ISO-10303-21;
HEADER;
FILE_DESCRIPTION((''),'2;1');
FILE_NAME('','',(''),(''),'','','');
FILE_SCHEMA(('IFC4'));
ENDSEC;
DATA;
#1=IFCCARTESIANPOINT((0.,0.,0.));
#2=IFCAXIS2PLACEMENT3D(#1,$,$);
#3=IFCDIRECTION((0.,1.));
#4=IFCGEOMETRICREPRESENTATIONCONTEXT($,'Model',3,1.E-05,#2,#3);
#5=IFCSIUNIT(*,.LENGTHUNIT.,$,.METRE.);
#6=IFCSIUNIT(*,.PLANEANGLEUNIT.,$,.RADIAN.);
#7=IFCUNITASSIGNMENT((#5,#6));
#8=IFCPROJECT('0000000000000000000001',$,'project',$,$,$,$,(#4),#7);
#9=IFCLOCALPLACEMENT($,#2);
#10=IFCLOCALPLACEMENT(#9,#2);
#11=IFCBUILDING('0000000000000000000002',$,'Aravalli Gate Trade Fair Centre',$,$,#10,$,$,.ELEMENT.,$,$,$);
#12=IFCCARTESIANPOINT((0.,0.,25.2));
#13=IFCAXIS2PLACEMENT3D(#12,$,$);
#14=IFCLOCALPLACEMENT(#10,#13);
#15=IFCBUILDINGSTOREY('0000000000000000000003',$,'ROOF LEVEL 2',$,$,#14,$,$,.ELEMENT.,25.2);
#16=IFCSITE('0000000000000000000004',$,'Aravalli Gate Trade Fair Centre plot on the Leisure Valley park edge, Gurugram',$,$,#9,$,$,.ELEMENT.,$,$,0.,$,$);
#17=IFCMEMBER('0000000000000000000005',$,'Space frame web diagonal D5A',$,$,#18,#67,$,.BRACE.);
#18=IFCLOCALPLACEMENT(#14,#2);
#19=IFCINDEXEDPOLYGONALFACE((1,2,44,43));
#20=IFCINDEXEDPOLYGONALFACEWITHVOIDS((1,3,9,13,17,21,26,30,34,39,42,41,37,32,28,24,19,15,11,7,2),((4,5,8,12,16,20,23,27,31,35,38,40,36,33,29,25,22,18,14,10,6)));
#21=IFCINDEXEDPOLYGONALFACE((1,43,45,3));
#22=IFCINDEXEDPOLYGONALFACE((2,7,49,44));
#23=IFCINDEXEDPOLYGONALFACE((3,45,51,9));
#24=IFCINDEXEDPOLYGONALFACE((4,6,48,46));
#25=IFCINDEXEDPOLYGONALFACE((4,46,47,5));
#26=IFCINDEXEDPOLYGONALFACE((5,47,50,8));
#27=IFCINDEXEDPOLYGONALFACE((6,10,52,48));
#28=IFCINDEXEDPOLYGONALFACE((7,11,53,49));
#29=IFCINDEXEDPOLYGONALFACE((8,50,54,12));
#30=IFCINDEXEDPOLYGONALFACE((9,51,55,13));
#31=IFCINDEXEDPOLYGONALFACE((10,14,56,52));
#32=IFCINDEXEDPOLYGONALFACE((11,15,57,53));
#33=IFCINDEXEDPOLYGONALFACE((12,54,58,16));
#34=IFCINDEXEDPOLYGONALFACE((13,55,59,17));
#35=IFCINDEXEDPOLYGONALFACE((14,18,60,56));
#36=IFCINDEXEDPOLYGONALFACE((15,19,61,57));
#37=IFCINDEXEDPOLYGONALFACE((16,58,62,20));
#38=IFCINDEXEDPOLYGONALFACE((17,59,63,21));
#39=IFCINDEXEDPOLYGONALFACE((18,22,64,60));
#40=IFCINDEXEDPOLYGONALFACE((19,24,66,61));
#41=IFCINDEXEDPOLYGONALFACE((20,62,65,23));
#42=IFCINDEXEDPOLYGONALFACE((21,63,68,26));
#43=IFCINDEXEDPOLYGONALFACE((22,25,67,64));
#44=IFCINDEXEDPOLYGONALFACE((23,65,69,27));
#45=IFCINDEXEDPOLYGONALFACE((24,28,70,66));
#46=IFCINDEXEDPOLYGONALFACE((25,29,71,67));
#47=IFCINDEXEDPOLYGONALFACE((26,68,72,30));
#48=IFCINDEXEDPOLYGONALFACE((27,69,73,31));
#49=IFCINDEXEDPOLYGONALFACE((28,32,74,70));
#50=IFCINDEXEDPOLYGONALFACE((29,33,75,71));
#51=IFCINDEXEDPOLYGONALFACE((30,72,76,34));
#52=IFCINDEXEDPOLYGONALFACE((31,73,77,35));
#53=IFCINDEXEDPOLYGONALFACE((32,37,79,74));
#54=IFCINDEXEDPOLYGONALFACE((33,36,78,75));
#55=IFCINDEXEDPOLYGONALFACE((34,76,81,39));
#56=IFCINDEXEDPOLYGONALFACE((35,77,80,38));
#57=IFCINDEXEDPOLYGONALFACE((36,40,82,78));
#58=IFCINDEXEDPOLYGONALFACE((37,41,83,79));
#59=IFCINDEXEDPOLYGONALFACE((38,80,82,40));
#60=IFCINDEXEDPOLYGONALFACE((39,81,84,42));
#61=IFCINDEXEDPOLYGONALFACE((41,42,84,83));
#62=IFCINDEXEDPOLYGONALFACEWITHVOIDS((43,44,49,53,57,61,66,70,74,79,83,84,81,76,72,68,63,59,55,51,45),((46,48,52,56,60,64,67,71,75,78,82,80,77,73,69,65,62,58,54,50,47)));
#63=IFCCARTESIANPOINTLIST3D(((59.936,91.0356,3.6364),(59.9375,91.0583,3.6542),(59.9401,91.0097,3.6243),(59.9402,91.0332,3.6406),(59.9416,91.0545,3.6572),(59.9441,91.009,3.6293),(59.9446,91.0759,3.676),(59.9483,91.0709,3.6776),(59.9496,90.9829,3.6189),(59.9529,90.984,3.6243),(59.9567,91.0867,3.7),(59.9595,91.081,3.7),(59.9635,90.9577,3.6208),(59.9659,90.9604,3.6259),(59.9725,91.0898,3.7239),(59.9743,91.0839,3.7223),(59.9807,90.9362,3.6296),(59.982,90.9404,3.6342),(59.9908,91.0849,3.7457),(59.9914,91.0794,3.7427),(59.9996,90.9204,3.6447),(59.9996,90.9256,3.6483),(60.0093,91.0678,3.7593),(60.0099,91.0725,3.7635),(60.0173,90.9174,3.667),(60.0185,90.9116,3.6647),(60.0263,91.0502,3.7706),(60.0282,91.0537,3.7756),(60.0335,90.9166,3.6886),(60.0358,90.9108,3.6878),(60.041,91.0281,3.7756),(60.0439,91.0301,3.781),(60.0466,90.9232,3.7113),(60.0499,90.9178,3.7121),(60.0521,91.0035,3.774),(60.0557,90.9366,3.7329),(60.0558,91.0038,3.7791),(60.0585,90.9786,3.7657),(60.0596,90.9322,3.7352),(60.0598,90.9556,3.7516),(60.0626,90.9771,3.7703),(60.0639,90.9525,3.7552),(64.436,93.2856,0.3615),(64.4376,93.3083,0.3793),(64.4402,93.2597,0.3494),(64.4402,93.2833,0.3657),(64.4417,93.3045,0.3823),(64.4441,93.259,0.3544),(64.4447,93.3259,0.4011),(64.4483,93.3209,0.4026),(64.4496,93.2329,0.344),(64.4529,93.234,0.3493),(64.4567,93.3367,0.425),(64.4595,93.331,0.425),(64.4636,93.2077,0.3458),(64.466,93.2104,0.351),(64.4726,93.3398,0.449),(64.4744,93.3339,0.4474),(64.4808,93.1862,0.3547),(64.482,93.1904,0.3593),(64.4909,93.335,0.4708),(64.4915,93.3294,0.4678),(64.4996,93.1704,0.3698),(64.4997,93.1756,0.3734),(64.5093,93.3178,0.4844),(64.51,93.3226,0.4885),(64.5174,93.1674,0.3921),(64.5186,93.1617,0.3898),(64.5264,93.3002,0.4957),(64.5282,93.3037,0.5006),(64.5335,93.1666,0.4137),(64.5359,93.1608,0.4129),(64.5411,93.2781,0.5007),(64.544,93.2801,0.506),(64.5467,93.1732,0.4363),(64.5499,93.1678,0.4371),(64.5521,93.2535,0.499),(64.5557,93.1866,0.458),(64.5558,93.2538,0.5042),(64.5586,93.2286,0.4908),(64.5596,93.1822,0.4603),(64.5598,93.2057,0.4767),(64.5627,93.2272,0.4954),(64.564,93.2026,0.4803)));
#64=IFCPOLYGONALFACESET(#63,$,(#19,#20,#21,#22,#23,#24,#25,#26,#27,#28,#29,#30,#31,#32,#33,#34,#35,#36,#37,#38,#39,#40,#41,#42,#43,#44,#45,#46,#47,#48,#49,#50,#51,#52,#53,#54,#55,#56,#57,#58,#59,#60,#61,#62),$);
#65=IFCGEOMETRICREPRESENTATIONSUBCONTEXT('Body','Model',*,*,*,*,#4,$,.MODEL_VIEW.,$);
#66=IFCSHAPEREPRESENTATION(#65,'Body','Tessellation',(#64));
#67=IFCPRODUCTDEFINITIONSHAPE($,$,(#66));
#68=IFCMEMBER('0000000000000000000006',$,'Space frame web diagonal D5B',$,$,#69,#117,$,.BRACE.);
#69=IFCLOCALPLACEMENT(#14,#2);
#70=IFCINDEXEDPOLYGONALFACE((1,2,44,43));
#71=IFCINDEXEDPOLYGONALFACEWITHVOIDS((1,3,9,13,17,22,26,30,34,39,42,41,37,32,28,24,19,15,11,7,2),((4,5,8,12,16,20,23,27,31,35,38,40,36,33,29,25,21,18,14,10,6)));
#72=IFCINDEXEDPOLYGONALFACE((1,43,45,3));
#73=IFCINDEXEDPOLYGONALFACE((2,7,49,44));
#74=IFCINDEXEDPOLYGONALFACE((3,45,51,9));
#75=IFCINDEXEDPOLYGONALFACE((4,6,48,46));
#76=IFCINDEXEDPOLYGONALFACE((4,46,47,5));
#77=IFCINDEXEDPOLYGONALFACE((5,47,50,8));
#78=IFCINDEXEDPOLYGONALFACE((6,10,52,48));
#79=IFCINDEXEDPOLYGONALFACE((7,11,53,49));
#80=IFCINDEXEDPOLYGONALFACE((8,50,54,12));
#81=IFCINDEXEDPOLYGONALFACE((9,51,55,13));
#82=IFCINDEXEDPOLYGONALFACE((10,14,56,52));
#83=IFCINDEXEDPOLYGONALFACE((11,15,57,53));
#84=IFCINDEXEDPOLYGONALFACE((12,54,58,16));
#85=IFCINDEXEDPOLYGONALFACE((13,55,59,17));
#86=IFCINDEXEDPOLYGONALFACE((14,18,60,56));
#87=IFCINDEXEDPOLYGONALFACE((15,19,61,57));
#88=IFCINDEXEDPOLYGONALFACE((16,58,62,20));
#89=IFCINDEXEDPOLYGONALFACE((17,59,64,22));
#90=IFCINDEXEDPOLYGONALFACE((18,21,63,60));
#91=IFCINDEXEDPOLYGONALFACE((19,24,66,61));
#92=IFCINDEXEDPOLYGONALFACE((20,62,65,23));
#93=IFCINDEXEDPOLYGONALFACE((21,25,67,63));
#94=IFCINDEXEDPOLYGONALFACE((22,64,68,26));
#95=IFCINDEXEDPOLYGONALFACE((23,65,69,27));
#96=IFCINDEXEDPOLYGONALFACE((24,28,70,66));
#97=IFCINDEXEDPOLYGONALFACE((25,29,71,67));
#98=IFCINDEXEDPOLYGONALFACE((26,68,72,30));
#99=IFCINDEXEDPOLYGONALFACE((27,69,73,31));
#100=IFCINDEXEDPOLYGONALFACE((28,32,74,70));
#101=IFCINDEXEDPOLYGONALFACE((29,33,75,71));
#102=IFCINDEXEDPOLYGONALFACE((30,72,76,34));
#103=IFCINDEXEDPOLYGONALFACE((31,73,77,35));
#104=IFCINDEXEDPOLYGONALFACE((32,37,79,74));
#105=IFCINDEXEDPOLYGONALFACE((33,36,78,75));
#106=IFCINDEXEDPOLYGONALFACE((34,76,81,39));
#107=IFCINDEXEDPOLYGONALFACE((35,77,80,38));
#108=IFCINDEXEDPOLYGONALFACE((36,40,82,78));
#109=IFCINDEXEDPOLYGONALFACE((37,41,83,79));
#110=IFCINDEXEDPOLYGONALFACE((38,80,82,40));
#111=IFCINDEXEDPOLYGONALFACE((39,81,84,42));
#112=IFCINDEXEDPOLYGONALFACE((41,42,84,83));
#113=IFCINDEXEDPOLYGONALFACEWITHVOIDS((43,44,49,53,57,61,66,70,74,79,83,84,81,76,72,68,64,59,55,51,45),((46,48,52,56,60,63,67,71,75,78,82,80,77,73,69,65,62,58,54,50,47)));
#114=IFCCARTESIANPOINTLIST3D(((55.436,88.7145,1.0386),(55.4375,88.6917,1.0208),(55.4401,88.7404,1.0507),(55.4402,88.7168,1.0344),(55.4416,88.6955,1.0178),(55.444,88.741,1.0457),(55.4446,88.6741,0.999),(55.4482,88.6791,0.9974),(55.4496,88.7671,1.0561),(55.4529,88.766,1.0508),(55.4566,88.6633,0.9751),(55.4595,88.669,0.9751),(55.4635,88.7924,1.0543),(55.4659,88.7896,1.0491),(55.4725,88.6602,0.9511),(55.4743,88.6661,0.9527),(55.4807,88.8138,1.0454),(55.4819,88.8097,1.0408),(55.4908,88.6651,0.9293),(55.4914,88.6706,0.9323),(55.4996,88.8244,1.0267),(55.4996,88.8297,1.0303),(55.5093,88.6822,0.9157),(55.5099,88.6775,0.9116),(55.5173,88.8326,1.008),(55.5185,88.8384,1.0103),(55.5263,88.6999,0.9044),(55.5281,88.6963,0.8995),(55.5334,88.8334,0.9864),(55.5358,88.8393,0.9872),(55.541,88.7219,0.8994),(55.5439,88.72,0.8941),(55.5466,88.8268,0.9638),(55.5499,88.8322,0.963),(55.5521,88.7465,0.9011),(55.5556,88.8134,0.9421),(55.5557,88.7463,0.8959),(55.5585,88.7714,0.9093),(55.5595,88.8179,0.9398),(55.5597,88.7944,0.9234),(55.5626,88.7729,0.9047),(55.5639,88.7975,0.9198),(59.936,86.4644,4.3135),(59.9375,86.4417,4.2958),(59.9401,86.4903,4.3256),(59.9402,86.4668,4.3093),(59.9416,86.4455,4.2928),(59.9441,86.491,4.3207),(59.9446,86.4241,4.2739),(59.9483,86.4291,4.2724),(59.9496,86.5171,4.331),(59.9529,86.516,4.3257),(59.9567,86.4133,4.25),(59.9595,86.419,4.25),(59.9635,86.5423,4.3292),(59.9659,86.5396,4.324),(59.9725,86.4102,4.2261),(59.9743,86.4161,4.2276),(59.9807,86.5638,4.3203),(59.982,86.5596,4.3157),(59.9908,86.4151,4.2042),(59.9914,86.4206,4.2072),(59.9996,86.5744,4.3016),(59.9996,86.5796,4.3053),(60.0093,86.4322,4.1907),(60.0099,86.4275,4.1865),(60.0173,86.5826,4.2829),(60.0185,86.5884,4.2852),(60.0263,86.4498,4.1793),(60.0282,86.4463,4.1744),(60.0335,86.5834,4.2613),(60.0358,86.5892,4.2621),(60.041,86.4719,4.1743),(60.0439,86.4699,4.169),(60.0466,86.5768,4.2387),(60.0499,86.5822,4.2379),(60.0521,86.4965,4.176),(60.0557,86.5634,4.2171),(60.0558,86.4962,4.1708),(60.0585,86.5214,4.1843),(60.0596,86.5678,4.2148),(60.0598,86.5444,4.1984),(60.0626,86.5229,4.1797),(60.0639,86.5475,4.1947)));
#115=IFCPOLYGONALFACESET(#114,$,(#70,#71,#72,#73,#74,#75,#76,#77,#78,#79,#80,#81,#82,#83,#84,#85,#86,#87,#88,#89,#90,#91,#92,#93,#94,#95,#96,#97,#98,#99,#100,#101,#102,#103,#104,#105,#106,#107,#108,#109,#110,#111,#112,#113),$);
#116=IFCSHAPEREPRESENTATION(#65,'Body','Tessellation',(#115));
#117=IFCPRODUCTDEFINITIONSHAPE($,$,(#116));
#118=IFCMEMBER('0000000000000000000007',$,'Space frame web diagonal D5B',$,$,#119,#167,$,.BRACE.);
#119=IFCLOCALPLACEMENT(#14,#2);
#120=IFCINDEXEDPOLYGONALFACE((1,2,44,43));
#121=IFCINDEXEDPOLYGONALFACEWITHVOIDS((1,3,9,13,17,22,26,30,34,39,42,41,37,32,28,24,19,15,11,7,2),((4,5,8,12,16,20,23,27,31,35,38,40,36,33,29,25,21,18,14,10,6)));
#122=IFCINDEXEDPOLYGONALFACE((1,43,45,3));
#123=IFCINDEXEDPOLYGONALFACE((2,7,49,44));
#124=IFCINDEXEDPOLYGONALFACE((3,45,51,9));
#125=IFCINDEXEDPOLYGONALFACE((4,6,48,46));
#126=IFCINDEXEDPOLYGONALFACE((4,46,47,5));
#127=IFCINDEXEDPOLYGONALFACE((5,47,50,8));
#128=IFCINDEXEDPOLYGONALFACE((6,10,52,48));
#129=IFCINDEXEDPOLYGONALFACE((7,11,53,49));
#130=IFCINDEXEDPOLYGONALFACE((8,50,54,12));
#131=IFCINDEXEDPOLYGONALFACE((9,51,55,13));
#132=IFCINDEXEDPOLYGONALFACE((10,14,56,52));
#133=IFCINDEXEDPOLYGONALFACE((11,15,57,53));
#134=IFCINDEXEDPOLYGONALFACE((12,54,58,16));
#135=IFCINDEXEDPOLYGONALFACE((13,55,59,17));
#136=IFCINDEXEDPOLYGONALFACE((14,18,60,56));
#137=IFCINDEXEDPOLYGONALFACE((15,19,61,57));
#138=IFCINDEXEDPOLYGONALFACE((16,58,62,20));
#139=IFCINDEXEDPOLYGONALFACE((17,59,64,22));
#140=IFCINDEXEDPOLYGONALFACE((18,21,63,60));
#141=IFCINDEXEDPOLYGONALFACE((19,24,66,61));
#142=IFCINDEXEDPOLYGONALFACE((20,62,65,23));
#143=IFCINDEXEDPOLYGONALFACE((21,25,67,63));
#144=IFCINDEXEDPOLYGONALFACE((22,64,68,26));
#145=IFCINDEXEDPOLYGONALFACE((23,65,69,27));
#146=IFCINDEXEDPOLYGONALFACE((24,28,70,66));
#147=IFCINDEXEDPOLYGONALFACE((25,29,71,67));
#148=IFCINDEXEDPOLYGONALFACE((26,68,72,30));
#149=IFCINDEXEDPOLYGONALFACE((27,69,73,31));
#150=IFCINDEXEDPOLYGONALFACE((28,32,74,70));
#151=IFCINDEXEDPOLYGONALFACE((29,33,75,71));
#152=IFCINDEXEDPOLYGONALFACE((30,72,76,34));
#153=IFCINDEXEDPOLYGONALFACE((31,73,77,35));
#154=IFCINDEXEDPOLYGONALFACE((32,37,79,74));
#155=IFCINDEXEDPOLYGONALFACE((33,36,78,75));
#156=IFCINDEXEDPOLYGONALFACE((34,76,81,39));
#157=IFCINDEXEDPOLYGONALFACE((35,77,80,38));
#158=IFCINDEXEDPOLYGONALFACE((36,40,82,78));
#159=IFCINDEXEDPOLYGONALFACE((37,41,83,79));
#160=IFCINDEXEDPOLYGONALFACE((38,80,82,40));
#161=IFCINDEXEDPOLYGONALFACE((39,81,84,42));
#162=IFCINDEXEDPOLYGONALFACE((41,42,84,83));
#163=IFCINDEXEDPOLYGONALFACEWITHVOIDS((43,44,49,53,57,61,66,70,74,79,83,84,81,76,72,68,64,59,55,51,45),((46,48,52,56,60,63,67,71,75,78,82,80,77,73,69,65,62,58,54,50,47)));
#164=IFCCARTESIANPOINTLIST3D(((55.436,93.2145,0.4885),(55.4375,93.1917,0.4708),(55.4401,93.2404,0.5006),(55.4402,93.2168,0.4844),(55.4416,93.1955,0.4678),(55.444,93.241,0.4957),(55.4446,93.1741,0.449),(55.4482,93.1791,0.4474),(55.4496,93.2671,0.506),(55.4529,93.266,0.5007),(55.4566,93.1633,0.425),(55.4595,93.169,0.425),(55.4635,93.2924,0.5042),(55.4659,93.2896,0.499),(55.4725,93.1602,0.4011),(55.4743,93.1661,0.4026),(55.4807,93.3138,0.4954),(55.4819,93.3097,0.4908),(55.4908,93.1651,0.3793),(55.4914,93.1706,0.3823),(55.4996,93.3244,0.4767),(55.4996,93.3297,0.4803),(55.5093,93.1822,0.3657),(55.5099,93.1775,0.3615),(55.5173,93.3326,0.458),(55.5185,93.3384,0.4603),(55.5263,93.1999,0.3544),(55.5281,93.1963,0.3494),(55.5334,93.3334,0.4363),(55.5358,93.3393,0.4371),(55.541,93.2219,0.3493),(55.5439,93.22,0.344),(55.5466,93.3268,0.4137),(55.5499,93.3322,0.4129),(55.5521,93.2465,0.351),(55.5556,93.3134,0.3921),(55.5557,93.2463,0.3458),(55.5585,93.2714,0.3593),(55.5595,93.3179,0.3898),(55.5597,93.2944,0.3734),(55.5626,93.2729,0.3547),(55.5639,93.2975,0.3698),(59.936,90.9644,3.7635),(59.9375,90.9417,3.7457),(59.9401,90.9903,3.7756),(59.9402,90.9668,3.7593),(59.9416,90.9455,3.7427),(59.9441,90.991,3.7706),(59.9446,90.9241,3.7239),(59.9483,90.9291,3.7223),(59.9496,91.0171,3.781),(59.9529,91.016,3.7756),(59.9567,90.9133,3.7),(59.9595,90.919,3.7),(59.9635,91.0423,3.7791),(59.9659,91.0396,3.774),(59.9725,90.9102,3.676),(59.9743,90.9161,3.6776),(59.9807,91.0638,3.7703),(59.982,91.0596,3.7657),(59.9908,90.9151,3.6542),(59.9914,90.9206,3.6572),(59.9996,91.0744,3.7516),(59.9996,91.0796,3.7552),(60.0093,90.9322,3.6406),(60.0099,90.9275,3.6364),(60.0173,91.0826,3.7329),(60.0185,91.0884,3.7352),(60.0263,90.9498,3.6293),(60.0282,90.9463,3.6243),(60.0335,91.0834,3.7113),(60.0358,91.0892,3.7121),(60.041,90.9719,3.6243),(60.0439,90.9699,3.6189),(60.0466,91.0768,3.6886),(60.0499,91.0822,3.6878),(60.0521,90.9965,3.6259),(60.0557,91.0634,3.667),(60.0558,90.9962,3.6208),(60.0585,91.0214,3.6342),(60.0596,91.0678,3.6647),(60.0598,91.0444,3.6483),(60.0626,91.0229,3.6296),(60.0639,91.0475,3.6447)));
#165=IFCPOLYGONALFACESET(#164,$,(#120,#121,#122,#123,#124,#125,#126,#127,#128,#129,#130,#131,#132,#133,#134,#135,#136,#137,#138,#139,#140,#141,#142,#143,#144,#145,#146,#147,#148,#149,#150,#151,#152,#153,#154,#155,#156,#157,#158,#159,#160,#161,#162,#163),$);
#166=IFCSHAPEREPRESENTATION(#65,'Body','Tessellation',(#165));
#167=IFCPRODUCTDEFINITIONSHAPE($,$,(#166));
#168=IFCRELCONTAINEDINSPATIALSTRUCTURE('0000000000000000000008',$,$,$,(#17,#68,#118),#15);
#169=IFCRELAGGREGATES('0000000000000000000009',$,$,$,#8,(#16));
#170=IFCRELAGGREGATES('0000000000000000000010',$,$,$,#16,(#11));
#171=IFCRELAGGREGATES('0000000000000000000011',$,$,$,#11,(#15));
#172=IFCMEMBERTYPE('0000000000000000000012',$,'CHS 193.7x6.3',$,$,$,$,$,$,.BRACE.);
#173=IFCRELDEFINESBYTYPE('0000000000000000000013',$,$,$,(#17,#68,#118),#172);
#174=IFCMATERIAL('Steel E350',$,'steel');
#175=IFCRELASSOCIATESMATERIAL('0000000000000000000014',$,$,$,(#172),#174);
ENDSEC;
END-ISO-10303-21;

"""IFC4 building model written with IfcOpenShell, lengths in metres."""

from ifc_helpers import new_model, si_unit, direction, frame, origin, origin_2d, place, context, subcontext, project, spatial, hollow_circle, extrude, material, material_profile, profile_set, type_object, element, save


model = new_model("IFC4")

# Units and contexts
model_context = context("Model", 3, precision=1e-05, world=origin(), true_north=direction((0.0, 1.0)))
body_context = subcontext(model_context, "Body", "Model", "MODEL_VIEW")
ifc_project = project(units=[si_unit("LENGTHUNIT", "METRE"), si_unit("PLANEANGLEUNIT", "RADIAN")], contexts=[model_context])

# Site, building, storey
site_placement = place(None, origin())
site = spatial("IfcSite", under=ifc_project, at=site_placement, Name="Aravalli Gate Trade Fair Centre plot on the Leisure Valley park edge, Gurugram", CompositionType="ELEMENT", RefElevation=0.0)
building_placement = place(site_placement, origin())
building = spatial("IfcBuilding", under=site, at=building_placement, Name="Aravalli Gate Trade Fair Centre", CompositionType="ELEMENT")
storey_placement = place(building_placement, frame((0.0, 0.0, 25.2)))
storey = spatial("IfcBuildingStorey", under=building, at=storey_placement, Name="ROOF LEVEL 2", CompositionType="ELEMENT", Elevation=25.2)

# Members
ifc_material_1 = material(Name="Steel E350", Category="steel")
ifc_material_profile_1 = material_profile(ifc_material_1, hollow_circle(Radius=0.0969, WallThickness=0.0063, at=origin_2d()), Name="CHS 193.7x6.3")
ifc_profile_set_1 = profile_set([ifc_material_profile_1], Name="Steel E350")
member_type_1 = type_object("IfcMemberType", Name="CHS 193.7x6.3", PredefinedType="BRACE", material=ifc_profile_set_1)
for number, where, z_axis, x_axis, name in (
    (1, (60.0, 91.0, 3.7), (0.74961, 0.374805, -0.545533), (-0.447214, 0.894427, 0.0), "Space frame web diagonal D5A"),
    (2, (60.0, 86.5, 4.25), (-0.74961, 0.374805, -0.545533), (-0.447214, -0.894427, 0.0), "Space frame web diagonal D5B"),
    (3, (60.0, 91.0, 3.7), (-0.74961, 0.374805, -0.545533), (-0.447214, -0.894427, 0.0), "Space frame web diagonal D5B"),
):
    element("IfcMember", number, at=place(storey_placement, frame(where, z_axis=z_axis, x_axis=x_axis)), inside=storey, type_object=member_type_1, Name=name, PredefinedType="BRACE", context=body_context, shape_type="SweptSolid", body=[
        extrude(hollow_circle(Radius=0.0969, WallThickness=0.0063, at=origin_2d()), origin(), (0.0, 0.0, 1.0), 6.0032),
    ])

save(model, "model.ifc")
